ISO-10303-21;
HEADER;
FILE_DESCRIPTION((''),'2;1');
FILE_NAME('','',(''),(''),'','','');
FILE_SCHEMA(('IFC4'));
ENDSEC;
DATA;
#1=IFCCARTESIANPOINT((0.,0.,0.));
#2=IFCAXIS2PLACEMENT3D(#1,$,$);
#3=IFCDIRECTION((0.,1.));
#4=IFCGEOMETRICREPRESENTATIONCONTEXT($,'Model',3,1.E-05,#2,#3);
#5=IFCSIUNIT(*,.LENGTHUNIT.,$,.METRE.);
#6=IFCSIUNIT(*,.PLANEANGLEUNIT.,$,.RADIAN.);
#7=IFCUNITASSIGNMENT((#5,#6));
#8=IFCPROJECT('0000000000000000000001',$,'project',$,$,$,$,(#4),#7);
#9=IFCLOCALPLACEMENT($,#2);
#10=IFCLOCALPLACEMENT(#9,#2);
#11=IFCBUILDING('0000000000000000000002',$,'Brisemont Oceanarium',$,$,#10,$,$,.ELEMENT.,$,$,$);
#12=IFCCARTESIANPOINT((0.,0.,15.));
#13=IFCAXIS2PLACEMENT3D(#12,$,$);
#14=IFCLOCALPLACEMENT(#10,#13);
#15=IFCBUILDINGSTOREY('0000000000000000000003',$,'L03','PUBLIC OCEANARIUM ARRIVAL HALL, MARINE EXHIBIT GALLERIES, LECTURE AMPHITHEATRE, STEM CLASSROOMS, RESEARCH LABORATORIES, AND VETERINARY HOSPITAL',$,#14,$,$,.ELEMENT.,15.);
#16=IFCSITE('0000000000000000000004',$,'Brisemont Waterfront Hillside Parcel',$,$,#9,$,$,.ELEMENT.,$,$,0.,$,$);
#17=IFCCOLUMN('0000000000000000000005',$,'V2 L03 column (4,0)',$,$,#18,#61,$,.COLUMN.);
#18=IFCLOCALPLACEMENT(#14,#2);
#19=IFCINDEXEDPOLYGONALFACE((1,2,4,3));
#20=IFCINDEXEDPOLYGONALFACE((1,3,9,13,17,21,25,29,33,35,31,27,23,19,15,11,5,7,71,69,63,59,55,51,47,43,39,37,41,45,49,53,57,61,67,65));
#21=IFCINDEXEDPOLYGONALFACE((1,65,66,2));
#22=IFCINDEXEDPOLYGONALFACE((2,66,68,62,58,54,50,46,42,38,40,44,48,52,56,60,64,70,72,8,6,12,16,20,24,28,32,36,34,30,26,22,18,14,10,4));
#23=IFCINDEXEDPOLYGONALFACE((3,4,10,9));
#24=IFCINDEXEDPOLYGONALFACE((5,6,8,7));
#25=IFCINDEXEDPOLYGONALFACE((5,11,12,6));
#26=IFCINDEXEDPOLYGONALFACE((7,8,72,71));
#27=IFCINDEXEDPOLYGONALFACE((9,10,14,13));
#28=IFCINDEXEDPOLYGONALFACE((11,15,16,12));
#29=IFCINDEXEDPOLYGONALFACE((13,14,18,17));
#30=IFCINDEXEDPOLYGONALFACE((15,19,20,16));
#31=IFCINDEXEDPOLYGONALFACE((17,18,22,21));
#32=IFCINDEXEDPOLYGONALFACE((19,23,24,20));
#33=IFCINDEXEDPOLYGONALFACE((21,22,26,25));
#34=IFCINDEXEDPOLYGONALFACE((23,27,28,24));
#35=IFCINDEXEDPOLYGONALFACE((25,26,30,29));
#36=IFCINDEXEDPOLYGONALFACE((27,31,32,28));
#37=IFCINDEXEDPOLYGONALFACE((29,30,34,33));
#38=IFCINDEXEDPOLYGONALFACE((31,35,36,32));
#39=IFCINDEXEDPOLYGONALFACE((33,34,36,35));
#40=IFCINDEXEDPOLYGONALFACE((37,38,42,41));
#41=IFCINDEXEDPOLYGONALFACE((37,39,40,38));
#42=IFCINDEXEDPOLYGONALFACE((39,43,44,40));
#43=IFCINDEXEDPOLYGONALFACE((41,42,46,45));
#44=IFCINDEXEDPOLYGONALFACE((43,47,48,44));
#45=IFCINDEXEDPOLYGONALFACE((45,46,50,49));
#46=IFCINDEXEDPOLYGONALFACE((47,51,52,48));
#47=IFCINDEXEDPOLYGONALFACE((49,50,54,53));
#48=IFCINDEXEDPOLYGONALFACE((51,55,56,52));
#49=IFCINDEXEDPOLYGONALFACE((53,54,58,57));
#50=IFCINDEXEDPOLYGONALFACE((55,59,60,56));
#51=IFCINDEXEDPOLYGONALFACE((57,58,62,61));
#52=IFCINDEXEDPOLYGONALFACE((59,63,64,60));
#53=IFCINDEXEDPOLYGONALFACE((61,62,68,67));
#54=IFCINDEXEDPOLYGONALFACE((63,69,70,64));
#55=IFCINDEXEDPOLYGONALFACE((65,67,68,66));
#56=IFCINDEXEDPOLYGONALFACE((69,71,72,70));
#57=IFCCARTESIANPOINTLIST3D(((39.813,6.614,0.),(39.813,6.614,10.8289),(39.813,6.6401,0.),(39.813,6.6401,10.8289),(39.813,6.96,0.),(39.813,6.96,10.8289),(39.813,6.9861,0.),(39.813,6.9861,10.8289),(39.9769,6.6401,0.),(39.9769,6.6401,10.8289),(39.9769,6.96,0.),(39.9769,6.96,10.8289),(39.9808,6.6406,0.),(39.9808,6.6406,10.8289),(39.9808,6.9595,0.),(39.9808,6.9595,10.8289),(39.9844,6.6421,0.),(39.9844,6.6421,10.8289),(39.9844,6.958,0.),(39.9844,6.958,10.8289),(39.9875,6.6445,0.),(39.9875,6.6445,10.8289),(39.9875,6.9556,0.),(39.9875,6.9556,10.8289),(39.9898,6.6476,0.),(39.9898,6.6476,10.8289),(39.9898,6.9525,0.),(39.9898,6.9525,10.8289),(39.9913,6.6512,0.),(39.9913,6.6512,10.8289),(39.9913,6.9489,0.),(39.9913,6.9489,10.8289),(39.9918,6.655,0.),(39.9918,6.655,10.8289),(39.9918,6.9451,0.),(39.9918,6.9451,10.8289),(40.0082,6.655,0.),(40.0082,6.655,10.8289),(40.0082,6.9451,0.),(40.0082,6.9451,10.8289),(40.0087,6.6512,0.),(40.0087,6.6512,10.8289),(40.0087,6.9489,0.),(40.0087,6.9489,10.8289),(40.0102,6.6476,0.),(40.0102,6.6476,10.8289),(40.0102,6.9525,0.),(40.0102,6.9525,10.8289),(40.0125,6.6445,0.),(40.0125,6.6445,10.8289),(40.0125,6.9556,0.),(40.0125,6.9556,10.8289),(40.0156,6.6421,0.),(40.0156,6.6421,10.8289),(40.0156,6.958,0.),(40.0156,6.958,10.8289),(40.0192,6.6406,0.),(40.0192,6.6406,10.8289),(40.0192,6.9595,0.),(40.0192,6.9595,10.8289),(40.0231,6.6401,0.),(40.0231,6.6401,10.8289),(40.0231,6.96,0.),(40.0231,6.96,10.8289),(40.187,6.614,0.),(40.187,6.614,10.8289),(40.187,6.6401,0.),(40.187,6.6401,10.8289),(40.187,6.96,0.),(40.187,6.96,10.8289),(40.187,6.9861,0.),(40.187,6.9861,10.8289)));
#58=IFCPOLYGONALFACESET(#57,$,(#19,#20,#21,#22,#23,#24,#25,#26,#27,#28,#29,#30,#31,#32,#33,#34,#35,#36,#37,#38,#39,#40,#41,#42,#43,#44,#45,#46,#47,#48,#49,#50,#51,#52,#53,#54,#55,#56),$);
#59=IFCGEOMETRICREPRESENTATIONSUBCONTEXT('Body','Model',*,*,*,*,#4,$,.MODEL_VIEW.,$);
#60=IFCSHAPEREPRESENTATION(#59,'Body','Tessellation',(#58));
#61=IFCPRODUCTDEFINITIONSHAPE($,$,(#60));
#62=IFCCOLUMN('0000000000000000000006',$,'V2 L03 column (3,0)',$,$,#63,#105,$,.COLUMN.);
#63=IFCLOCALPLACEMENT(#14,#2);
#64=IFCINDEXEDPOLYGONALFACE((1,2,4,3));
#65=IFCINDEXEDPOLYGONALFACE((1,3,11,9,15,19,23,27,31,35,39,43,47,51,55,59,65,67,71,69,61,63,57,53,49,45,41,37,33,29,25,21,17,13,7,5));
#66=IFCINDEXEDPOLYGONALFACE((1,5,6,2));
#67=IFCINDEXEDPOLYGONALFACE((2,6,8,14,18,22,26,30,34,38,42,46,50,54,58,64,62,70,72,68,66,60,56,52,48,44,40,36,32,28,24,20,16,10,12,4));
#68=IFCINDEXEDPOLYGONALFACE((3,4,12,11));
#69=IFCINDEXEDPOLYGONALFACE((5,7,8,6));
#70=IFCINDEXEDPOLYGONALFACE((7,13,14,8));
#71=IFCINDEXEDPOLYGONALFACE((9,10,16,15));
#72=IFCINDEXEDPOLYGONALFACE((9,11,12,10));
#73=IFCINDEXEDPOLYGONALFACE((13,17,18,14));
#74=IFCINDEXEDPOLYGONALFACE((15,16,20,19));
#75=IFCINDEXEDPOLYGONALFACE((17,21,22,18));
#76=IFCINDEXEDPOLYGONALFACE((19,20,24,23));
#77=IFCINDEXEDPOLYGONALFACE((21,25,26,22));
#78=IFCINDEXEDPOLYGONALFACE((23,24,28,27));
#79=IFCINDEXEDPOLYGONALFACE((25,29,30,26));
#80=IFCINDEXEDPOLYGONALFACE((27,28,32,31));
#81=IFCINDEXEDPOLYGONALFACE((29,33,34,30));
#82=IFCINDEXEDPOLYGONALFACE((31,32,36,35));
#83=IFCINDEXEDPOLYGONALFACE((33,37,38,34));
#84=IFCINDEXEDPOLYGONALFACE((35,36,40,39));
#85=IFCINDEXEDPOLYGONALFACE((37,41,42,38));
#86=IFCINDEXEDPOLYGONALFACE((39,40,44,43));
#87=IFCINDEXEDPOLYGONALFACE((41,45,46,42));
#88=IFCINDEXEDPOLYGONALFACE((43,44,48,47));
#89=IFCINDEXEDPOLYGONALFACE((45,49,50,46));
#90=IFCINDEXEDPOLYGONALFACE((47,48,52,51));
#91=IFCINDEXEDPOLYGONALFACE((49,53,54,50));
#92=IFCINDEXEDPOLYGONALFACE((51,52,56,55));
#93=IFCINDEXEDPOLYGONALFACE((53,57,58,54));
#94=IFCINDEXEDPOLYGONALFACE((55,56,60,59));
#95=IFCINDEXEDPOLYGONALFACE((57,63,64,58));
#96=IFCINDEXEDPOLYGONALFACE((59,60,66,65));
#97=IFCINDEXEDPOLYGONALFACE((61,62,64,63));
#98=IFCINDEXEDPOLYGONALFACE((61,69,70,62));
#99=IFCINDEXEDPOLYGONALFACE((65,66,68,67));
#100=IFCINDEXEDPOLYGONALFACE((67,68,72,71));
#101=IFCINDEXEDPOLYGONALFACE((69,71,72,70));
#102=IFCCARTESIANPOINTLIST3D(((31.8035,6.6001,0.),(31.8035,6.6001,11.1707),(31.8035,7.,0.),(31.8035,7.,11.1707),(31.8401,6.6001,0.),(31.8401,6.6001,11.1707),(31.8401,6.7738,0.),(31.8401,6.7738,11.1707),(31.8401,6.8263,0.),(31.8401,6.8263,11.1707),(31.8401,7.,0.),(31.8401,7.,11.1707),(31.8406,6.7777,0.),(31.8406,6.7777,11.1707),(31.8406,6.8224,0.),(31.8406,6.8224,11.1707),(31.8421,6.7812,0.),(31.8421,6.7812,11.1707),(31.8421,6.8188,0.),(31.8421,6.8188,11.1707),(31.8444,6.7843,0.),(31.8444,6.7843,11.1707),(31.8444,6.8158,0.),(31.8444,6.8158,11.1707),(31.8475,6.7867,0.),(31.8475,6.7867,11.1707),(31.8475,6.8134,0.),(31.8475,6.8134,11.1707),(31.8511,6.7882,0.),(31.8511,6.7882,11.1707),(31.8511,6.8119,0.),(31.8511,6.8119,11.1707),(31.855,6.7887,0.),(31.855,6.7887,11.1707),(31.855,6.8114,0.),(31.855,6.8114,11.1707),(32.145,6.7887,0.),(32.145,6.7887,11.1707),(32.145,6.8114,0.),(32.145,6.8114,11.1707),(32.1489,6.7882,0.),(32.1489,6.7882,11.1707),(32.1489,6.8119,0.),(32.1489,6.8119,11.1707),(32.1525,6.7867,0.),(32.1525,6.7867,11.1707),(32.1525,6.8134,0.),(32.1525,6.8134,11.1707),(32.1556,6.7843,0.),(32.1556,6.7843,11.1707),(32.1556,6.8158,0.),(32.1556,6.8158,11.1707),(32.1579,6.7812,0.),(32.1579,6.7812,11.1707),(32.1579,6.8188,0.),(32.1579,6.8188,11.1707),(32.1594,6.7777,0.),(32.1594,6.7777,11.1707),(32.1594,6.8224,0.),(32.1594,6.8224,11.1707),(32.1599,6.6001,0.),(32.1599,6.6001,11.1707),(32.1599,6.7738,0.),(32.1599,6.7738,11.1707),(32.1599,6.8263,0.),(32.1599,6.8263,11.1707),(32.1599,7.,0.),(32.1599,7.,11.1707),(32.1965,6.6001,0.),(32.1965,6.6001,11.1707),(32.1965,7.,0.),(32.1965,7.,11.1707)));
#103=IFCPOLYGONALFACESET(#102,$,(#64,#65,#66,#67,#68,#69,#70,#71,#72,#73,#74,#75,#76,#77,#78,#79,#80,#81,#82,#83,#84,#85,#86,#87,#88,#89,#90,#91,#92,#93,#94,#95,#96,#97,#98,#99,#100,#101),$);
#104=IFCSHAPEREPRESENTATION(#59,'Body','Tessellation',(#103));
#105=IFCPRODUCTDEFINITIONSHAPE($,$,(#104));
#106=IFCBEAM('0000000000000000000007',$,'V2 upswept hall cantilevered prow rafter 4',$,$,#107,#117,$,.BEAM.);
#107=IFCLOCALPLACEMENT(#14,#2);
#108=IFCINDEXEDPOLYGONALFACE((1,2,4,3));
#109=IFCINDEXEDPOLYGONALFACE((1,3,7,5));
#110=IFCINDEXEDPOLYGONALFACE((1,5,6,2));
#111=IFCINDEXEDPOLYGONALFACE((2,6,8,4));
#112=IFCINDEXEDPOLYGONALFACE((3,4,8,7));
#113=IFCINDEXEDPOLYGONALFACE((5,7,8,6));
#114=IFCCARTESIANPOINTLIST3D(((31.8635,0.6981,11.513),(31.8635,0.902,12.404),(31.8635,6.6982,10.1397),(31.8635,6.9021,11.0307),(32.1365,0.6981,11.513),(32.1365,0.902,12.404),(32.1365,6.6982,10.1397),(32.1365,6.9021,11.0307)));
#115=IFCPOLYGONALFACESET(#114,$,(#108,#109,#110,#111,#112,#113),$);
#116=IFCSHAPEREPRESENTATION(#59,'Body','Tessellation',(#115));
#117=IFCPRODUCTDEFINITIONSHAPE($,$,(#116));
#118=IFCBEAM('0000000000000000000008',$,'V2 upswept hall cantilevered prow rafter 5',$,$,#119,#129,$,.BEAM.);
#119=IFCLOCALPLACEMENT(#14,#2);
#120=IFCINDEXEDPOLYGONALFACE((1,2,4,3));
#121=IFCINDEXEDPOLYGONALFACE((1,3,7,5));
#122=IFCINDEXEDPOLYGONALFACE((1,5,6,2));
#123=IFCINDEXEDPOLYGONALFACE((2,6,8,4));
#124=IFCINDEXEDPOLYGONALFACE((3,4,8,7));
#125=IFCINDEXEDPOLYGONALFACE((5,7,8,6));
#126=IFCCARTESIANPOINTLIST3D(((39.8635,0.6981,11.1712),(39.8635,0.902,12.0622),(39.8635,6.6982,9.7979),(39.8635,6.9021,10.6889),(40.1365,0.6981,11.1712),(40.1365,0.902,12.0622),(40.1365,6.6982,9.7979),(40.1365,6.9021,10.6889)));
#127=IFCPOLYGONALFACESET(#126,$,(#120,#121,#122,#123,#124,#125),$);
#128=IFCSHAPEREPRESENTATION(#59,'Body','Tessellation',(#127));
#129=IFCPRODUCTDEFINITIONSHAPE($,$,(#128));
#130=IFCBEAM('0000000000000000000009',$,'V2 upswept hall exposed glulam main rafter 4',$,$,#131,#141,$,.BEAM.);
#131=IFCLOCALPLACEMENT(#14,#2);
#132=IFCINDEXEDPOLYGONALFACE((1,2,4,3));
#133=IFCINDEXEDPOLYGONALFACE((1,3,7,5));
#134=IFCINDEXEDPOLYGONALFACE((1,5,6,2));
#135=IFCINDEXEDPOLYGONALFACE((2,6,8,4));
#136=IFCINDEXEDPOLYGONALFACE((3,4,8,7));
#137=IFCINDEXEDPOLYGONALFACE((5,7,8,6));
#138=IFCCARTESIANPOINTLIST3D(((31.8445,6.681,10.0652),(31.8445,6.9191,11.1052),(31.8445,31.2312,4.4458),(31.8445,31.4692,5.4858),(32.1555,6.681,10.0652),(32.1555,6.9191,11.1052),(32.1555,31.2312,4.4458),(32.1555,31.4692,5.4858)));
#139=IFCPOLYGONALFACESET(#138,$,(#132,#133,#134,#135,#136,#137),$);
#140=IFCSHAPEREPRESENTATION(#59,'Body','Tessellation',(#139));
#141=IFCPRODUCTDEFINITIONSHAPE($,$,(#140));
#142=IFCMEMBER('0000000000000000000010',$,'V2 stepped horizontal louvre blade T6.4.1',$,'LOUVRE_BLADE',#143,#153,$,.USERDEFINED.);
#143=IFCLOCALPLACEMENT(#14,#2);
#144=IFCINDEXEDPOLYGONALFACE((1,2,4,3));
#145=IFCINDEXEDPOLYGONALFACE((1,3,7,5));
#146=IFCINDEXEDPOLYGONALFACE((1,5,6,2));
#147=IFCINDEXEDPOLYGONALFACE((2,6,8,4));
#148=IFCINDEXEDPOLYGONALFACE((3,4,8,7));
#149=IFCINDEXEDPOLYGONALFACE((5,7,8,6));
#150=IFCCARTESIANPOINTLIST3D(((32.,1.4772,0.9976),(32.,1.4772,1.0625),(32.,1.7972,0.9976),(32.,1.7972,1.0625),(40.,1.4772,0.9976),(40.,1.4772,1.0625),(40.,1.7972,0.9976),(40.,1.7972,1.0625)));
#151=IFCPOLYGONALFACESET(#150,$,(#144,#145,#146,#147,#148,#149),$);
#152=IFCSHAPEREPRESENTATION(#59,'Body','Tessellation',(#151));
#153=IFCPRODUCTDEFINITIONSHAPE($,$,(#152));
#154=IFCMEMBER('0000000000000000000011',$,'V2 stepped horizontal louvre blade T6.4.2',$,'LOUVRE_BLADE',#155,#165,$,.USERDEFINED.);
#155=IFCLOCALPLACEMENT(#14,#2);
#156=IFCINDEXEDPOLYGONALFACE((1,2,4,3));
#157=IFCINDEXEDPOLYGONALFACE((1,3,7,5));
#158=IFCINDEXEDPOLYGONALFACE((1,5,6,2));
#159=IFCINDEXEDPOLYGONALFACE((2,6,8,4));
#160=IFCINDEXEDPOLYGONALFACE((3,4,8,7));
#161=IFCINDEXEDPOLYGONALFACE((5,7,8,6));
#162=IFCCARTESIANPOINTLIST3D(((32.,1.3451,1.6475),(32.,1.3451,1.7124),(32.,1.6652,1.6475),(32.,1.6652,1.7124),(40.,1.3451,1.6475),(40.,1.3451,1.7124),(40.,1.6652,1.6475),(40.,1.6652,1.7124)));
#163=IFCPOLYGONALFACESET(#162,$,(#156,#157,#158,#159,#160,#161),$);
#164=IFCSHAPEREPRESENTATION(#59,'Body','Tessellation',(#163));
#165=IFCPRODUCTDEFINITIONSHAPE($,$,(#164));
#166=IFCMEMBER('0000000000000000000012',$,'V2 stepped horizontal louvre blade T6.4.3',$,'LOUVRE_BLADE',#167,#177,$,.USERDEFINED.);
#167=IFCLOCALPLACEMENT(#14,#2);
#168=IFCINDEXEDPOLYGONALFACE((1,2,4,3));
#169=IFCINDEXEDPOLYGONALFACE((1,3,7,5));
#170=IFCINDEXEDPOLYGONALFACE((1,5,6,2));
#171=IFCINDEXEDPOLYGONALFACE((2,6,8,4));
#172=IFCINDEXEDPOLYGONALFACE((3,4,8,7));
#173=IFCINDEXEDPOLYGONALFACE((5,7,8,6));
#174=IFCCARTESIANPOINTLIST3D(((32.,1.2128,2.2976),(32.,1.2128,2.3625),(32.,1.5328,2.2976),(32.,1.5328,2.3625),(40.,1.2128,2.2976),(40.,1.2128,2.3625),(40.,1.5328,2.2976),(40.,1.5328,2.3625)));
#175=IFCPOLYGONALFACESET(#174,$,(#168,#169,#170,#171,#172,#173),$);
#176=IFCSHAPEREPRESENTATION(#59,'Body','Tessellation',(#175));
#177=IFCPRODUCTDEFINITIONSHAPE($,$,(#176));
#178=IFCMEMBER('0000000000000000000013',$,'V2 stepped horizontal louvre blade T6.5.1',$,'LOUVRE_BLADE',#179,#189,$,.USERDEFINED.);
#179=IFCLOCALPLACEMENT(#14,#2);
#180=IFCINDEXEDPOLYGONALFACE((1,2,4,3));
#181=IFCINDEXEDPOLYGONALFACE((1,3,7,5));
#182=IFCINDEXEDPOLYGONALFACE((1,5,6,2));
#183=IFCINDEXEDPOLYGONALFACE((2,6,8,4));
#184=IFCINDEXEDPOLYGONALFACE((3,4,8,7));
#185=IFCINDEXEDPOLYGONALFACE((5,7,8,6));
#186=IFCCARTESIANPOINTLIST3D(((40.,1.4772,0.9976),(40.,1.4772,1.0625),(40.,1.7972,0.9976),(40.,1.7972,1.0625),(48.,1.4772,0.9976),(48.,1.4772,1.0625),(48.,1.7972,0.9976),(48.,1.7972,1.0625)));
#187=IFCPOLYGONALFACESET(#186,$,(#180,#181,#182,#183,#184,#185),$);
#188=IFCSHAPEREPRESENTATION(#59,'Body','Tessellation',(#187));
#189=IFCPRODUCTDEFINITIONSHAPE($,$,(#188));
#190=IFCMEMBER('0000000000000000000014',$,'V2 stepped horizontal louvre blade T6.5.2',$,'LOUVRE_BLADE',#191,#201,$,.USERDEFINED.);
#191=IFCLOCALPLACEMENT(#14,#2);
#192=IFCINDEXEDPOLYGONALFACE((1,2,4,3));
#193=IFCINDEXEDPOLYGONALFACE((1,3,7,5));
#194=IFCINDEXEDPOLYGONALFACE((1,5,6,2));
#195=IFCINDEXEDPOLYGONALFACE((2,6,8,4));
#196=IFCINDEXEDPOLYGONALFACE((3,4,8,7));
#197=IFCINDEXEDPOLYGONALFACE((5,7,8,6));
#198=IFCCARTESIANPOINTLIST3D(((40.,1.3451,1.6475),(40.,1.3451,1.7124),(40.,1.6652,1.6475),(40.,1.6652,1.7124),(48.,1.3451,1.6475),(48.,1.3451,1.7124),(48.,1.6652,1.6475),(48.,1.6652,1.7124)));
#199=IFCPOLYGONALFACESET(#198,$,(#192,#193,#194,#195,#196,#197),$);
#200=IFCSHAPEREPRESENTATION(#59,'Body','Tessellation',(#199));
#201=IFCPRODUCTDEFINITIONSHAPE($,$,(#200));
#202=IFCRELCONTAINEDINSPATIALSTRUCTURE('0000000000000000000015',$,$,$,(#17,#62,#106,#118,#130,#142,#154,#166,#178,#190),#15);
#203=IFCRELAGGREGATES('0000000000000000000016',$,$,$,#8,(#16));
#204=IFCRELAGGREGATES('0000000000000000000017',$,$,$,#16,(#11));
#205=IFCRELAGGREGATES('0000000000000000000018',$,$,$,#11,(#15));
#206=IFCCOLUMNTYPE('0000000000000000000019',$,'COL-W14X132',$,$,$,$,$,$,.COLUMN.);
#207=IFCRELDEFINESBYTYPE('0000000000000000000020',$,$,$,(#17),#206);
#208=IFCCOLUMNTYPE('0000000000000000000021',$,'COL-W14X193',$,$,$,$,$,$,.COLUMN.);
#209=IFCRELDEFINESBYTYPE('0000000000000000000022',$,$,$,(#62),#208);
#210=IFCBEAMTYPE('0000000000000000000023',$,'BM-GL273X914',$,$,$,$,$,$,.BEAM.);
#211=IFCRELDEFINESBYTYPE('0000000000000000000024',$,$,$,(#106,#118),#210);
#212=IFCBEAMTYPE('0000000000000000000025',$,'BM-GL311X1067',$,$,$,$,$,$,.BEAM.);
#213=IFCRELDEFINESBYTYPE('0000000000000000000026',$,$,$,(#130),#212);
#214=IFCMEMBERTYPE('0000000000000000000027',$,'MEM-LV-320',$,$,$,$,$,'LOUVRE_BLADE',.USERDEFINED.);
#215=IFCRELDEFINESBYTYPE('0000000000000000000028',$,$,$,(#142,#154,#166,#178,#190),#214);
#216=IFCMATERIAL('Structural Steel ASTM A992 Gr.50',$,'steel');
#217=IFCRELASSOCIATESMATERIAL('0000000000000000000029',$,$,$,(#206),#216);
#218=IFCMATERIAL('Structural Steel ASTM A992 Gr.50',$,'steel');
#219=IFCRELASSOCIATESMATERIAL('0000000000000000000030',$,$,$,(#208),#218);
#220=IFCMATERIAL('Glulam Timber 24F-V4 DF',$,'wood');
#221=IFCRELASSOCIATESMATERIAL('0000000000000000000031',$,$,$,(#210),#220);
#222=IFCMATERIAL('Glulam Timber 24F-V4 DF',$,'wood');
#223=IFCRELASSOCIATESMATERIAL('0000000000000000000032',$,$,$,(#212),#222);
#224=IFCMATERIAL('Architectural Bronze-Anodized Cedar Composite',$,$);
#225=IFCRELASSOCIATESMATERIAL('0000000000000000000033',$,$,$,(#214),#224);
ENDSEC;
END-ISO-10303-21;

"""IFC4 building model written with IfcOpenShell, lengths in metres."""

from ifc_helpers import new_model, si_unit, direction, frame, origin, origin_2d, place, context, subcontext, project, spatial, rectangle, i_section, extrude, material, material_profile, profile_set, type_object, element, save


model = new_model("IFC4")

# Units and contexts
model_context = context("Model", 3, precision=1e-05, world=origin(), true_north=direction((0.0, 1.0)))
body_context = subcontext(model_context, "Body", "Model", "MODEL_VIEW")
ifc_project = project(units=[si_unit("LENGTHUNIT", "METRE"), si_unit("PLANEANGLEUNIT", "RADIAN")], contexts=[model_context])

# Site, building, storey
site_placement = place(None, origin())
site = spatial("IfcSite", under=ifc_project, at=site_placement, Name="Brisemont Waterfront Hillside Parcel", CompositionType="ELEMENT", RefElevation=0.0)
building_placement = place(site_placement, origin())
building = spatial("IfcBuilding", under=site, at=building_placement, Name="Brisemont Oceanarium", CompositionType="ELEMENT")
storey_placement = place(building_placement, frame((0.0, 0.0, 15.0)))
storey = spatial("IfcBuildingStorey", under=building, at=storey_placement, Name="L03", Description="PUBLIC OCEANARIUM ARRIVAL HALL, MARINE EXHIBIT GALLERIES, LECTURE AMPHITHEATRE, STEM CLASSROOMS, RESEARCH LABORATORIES, AND VETERINARY HOSPITAL", CompositionType="ELEMENT", Elevation=15.0)

# Columns
ifc_material_1 = material(Name="Structural Steel ASTM A992 Gr.50", Category="steel")
ifc_material_profile_1 = material_profile(ifc_material_1, i_section(OverallWidth=0.374, OverallDepth=0.3721, WebThickness=0.0164, FlangeThickness=0.0261, FilletRadius=0.0149, at=origin_2d()), Name="W14X132")
ifc_profile_set_1 = profile_set([ifc_material_profile_1], Name="Structural Steel ASTM A992 Gr.50")
column_type_1 = type_object("IfcColumnType", Name="COL-W14X132", PredefinedType="COLUMN", material=ifc_profile_set_1)
column_1_placement = place(storey_placement, frame((40.0, 6.8, 0.0), z_axis=(0.0, 0.0, 1.0), x_axis=(1.0, 0.0, 0.0)))
element("IfcColumn", 1, at=column_1_placement, inside=storey, type_object=column_type_1, Name="V2 L03 column (4,0)", PredefinedType="COLUMN", context=body_context, shape_type="SweptSolid", body=[
    extrude(i_section(OverallWidth=0.374, OverallDepth=0.3721, WebThickness=0.0164, FlangeThickness=0.0261, FilletRadius=0.0149, at=origin_2d()), origin(), (0.0, 0.0, 1.0), 10.8289),
])
ifc_material_2 = material(Name="Structural Steel ASTM A992 Gr.50", Category="steel")
ifc_material_profile_2 = material_profile(ifc_material_2, i_section(OverallWidth=0.3999, OverallDepth=0.3931, WebThickness=0.0227, FlangeThickness=0.0366, FilletRadius=0.0149, at=origin_2d()), Name="W14X193")
ifc_profile_set_2 = profile_set([ifc_material_profile_2], Name="Structural Steel ASTM A992 Gr.50")
column_type_2 = type_object("IfcColumnType", Name="COL-W14X193", PredefinedType="COLUMN", material=ifc_profile_set_2)
column_2_placement = place(storey_placement, frame((32.0, 6.8, 0.0), z_axis=(0.0, 0.0, 1.0), x_axis=(0.0, 1.0, 0.0)))
element("IfcColumn", 2, at=column_2_placement, inside=storey, type_object=column_type_2, Name="V2 L03 column (3,0)", PredefinedType="COLUMN", context=body_context, shape_type="SweptSolid", body=[
    extrude(i_section(OverallWidth=0.3999, OverallDepth=0.3931, WebThickness=0.0227, FlangeThickness=0.0366, FilletRadius=0.0149, at=origin_2d()), origin(), (0.0, 0.0, 1.0), 11.1707),
])

# Beams
ifc_material_3 = material(Name="Glulam Timber 24F-V4 DF", Category="wood")
ifc_material_profile_3 = material_profile(ifc_material_3, rectangle(XDim=0.2729, YDim=0.9141, at=origin_2d()), Name="GL-273X914")
ifc_profile_set_3 = profile_set([ifc_material_profile_3], Name="Glulam Timber 24F-V4 DF")
beam_type_1 = type_object("IfcBeamType", Name="BM-GL273X914", PredefinedType="BEAM", material=ifc_profile_set_3)
for number, where, z_axis, x_axis, name in (
    (3, (32.0, 0.8, 11.9585), (0.0, 0.974793, -0.223112), (-1.0, 0.0, 0.0), "V2 upswept hall cantilevered prow rafter 4"),
    (4, (40.0, 0.8, 11.6167), (0.0, 0.974793, -0.223112), (-1.0, 0.0, 0.0), "V2 upswept hall cantilevered prow rafter 5"),
):
    element("IfcBeam", number, at=place(storey_placement, frame(where, z_axis=z_axis, x_axis=x_axis)), inside=storey, type_object=beam_type_1, Name=name, PredefinedType="BEAM", context=body_context, shape_type="SweptSolid", body=[
        extrude(rectangle(XDim=0.2729, YDim=0.9141, at=origin_2d()), origin(), (0.0, 0.0, 1.0), 6.1553),
    ])
ifc_material_4 = material(Name="Glulam Timber 24F-V4 DF", Category="wood")
ifc_material_profile_4 = material_profile(ifc_material_4, rectangle(XDim=0.311, YDim=1.0669, at=origin_2d()), Name="GL-311X1067")
ifc_profile_set_4 = profile_set([ifc_material_profile_4], Name="Glulam Timber 24F-V4 DF")
beam_type_2 = type_object("IfcBeamType", Name="BM-GL311X1067", PredefinedType="BEAM", material=ifc_profile_set_4)
beam_placement = place(storey_placement, frame((32.0, 6.8, 10.5852), z_axis=(0.0, 0.97479, -0.223125), x_axis=(-1.0, 0.0, 0.0)))
element("IfcBeam", 5, at=beam_placement, inside=storey, type_object=beam_type_2, Name="V2 upswept hall exposed glulam main rafter 4", PredefinedType="BEAM", context=body_context, shape_type="SweptSolid", body=[
    extrude(rectangle(XDim=0.311, YDim=1.0669, at=origin_2d()), origin(), (0.0, 0.0, 1.0), 25.1851),
])

# Members
ifc_material_5 = material(Name="Architectural Bronze-Anodized Cedar Composite")
ifc_material_profile_5 = material_profile(ifc_material_5, rectangle(XDim=0.3201, YDim=0.0649, at=origin_2d()), Name="LOUVRE-320X65")
ifc_profile_set_5 = profile_set([ifc_material_profile_5], Name="Architectural Bronze-Anodized Cedar Composite")
member_type_1 = type_object("IfcMemberType", Name="MEM-LV-320", ElementType="LOUVRE_BLADE", PredefinedType="USERDEFINED", material=ifc_profile_set_5)
for number, where, z_axis, x_axis, name in (
    (6, (32.0, 1.6372, 1.03), (1.0, 0.0, 0.0), (0.0, 1.0, 0.0), "V2 stepped horizontal louvre blade T6.4.1"),
    (7, (32.0, 1.5051, 1.6799), (1.0, 0.0, 0.0), (0.0, 1.0, 0.0), "V2 stepped horizontal louvre blade T6.4.2"),
    (8, (32.0, 1.3728, 2.3301), (1.0, 0.0, 0.0), (0.0, 1.0, 0.0), "V2 stepped horizontal louvre blade T6.4.3"),
    (9, (40.0, 1.6372, 1.03), (1.0, 0.0, 0.0), (0.0, 1.0, 0.0), "V2 stepped horizontal louvre blade T6.5.1"),
    (10, (40.0, 1.5051, 1.6799), (1.0, 0.0, 0.0), (0.0, 1.0, 0.0), "V2 stepped horizontal louvre blade T6.5.2"),
):
    element("IfcMember", number, at=place(storey_placement, frame(where, z_axis=z_axis, x_axis=x_axis)), inside=storey, type_object=member_type_1, Name=name, ObjectType="LOUVRE_BLADE", PredefinedType="USERDEFINED", context=body_context, shape_type="SweptSolid", body=[
        extrude(rectangle(XDim=0.3201, YDim=0.0649, at=origin_2d()), origin(), (0.0, 0.0, 1.0), 8.0),
    ])

save(model, "model.ifc")
